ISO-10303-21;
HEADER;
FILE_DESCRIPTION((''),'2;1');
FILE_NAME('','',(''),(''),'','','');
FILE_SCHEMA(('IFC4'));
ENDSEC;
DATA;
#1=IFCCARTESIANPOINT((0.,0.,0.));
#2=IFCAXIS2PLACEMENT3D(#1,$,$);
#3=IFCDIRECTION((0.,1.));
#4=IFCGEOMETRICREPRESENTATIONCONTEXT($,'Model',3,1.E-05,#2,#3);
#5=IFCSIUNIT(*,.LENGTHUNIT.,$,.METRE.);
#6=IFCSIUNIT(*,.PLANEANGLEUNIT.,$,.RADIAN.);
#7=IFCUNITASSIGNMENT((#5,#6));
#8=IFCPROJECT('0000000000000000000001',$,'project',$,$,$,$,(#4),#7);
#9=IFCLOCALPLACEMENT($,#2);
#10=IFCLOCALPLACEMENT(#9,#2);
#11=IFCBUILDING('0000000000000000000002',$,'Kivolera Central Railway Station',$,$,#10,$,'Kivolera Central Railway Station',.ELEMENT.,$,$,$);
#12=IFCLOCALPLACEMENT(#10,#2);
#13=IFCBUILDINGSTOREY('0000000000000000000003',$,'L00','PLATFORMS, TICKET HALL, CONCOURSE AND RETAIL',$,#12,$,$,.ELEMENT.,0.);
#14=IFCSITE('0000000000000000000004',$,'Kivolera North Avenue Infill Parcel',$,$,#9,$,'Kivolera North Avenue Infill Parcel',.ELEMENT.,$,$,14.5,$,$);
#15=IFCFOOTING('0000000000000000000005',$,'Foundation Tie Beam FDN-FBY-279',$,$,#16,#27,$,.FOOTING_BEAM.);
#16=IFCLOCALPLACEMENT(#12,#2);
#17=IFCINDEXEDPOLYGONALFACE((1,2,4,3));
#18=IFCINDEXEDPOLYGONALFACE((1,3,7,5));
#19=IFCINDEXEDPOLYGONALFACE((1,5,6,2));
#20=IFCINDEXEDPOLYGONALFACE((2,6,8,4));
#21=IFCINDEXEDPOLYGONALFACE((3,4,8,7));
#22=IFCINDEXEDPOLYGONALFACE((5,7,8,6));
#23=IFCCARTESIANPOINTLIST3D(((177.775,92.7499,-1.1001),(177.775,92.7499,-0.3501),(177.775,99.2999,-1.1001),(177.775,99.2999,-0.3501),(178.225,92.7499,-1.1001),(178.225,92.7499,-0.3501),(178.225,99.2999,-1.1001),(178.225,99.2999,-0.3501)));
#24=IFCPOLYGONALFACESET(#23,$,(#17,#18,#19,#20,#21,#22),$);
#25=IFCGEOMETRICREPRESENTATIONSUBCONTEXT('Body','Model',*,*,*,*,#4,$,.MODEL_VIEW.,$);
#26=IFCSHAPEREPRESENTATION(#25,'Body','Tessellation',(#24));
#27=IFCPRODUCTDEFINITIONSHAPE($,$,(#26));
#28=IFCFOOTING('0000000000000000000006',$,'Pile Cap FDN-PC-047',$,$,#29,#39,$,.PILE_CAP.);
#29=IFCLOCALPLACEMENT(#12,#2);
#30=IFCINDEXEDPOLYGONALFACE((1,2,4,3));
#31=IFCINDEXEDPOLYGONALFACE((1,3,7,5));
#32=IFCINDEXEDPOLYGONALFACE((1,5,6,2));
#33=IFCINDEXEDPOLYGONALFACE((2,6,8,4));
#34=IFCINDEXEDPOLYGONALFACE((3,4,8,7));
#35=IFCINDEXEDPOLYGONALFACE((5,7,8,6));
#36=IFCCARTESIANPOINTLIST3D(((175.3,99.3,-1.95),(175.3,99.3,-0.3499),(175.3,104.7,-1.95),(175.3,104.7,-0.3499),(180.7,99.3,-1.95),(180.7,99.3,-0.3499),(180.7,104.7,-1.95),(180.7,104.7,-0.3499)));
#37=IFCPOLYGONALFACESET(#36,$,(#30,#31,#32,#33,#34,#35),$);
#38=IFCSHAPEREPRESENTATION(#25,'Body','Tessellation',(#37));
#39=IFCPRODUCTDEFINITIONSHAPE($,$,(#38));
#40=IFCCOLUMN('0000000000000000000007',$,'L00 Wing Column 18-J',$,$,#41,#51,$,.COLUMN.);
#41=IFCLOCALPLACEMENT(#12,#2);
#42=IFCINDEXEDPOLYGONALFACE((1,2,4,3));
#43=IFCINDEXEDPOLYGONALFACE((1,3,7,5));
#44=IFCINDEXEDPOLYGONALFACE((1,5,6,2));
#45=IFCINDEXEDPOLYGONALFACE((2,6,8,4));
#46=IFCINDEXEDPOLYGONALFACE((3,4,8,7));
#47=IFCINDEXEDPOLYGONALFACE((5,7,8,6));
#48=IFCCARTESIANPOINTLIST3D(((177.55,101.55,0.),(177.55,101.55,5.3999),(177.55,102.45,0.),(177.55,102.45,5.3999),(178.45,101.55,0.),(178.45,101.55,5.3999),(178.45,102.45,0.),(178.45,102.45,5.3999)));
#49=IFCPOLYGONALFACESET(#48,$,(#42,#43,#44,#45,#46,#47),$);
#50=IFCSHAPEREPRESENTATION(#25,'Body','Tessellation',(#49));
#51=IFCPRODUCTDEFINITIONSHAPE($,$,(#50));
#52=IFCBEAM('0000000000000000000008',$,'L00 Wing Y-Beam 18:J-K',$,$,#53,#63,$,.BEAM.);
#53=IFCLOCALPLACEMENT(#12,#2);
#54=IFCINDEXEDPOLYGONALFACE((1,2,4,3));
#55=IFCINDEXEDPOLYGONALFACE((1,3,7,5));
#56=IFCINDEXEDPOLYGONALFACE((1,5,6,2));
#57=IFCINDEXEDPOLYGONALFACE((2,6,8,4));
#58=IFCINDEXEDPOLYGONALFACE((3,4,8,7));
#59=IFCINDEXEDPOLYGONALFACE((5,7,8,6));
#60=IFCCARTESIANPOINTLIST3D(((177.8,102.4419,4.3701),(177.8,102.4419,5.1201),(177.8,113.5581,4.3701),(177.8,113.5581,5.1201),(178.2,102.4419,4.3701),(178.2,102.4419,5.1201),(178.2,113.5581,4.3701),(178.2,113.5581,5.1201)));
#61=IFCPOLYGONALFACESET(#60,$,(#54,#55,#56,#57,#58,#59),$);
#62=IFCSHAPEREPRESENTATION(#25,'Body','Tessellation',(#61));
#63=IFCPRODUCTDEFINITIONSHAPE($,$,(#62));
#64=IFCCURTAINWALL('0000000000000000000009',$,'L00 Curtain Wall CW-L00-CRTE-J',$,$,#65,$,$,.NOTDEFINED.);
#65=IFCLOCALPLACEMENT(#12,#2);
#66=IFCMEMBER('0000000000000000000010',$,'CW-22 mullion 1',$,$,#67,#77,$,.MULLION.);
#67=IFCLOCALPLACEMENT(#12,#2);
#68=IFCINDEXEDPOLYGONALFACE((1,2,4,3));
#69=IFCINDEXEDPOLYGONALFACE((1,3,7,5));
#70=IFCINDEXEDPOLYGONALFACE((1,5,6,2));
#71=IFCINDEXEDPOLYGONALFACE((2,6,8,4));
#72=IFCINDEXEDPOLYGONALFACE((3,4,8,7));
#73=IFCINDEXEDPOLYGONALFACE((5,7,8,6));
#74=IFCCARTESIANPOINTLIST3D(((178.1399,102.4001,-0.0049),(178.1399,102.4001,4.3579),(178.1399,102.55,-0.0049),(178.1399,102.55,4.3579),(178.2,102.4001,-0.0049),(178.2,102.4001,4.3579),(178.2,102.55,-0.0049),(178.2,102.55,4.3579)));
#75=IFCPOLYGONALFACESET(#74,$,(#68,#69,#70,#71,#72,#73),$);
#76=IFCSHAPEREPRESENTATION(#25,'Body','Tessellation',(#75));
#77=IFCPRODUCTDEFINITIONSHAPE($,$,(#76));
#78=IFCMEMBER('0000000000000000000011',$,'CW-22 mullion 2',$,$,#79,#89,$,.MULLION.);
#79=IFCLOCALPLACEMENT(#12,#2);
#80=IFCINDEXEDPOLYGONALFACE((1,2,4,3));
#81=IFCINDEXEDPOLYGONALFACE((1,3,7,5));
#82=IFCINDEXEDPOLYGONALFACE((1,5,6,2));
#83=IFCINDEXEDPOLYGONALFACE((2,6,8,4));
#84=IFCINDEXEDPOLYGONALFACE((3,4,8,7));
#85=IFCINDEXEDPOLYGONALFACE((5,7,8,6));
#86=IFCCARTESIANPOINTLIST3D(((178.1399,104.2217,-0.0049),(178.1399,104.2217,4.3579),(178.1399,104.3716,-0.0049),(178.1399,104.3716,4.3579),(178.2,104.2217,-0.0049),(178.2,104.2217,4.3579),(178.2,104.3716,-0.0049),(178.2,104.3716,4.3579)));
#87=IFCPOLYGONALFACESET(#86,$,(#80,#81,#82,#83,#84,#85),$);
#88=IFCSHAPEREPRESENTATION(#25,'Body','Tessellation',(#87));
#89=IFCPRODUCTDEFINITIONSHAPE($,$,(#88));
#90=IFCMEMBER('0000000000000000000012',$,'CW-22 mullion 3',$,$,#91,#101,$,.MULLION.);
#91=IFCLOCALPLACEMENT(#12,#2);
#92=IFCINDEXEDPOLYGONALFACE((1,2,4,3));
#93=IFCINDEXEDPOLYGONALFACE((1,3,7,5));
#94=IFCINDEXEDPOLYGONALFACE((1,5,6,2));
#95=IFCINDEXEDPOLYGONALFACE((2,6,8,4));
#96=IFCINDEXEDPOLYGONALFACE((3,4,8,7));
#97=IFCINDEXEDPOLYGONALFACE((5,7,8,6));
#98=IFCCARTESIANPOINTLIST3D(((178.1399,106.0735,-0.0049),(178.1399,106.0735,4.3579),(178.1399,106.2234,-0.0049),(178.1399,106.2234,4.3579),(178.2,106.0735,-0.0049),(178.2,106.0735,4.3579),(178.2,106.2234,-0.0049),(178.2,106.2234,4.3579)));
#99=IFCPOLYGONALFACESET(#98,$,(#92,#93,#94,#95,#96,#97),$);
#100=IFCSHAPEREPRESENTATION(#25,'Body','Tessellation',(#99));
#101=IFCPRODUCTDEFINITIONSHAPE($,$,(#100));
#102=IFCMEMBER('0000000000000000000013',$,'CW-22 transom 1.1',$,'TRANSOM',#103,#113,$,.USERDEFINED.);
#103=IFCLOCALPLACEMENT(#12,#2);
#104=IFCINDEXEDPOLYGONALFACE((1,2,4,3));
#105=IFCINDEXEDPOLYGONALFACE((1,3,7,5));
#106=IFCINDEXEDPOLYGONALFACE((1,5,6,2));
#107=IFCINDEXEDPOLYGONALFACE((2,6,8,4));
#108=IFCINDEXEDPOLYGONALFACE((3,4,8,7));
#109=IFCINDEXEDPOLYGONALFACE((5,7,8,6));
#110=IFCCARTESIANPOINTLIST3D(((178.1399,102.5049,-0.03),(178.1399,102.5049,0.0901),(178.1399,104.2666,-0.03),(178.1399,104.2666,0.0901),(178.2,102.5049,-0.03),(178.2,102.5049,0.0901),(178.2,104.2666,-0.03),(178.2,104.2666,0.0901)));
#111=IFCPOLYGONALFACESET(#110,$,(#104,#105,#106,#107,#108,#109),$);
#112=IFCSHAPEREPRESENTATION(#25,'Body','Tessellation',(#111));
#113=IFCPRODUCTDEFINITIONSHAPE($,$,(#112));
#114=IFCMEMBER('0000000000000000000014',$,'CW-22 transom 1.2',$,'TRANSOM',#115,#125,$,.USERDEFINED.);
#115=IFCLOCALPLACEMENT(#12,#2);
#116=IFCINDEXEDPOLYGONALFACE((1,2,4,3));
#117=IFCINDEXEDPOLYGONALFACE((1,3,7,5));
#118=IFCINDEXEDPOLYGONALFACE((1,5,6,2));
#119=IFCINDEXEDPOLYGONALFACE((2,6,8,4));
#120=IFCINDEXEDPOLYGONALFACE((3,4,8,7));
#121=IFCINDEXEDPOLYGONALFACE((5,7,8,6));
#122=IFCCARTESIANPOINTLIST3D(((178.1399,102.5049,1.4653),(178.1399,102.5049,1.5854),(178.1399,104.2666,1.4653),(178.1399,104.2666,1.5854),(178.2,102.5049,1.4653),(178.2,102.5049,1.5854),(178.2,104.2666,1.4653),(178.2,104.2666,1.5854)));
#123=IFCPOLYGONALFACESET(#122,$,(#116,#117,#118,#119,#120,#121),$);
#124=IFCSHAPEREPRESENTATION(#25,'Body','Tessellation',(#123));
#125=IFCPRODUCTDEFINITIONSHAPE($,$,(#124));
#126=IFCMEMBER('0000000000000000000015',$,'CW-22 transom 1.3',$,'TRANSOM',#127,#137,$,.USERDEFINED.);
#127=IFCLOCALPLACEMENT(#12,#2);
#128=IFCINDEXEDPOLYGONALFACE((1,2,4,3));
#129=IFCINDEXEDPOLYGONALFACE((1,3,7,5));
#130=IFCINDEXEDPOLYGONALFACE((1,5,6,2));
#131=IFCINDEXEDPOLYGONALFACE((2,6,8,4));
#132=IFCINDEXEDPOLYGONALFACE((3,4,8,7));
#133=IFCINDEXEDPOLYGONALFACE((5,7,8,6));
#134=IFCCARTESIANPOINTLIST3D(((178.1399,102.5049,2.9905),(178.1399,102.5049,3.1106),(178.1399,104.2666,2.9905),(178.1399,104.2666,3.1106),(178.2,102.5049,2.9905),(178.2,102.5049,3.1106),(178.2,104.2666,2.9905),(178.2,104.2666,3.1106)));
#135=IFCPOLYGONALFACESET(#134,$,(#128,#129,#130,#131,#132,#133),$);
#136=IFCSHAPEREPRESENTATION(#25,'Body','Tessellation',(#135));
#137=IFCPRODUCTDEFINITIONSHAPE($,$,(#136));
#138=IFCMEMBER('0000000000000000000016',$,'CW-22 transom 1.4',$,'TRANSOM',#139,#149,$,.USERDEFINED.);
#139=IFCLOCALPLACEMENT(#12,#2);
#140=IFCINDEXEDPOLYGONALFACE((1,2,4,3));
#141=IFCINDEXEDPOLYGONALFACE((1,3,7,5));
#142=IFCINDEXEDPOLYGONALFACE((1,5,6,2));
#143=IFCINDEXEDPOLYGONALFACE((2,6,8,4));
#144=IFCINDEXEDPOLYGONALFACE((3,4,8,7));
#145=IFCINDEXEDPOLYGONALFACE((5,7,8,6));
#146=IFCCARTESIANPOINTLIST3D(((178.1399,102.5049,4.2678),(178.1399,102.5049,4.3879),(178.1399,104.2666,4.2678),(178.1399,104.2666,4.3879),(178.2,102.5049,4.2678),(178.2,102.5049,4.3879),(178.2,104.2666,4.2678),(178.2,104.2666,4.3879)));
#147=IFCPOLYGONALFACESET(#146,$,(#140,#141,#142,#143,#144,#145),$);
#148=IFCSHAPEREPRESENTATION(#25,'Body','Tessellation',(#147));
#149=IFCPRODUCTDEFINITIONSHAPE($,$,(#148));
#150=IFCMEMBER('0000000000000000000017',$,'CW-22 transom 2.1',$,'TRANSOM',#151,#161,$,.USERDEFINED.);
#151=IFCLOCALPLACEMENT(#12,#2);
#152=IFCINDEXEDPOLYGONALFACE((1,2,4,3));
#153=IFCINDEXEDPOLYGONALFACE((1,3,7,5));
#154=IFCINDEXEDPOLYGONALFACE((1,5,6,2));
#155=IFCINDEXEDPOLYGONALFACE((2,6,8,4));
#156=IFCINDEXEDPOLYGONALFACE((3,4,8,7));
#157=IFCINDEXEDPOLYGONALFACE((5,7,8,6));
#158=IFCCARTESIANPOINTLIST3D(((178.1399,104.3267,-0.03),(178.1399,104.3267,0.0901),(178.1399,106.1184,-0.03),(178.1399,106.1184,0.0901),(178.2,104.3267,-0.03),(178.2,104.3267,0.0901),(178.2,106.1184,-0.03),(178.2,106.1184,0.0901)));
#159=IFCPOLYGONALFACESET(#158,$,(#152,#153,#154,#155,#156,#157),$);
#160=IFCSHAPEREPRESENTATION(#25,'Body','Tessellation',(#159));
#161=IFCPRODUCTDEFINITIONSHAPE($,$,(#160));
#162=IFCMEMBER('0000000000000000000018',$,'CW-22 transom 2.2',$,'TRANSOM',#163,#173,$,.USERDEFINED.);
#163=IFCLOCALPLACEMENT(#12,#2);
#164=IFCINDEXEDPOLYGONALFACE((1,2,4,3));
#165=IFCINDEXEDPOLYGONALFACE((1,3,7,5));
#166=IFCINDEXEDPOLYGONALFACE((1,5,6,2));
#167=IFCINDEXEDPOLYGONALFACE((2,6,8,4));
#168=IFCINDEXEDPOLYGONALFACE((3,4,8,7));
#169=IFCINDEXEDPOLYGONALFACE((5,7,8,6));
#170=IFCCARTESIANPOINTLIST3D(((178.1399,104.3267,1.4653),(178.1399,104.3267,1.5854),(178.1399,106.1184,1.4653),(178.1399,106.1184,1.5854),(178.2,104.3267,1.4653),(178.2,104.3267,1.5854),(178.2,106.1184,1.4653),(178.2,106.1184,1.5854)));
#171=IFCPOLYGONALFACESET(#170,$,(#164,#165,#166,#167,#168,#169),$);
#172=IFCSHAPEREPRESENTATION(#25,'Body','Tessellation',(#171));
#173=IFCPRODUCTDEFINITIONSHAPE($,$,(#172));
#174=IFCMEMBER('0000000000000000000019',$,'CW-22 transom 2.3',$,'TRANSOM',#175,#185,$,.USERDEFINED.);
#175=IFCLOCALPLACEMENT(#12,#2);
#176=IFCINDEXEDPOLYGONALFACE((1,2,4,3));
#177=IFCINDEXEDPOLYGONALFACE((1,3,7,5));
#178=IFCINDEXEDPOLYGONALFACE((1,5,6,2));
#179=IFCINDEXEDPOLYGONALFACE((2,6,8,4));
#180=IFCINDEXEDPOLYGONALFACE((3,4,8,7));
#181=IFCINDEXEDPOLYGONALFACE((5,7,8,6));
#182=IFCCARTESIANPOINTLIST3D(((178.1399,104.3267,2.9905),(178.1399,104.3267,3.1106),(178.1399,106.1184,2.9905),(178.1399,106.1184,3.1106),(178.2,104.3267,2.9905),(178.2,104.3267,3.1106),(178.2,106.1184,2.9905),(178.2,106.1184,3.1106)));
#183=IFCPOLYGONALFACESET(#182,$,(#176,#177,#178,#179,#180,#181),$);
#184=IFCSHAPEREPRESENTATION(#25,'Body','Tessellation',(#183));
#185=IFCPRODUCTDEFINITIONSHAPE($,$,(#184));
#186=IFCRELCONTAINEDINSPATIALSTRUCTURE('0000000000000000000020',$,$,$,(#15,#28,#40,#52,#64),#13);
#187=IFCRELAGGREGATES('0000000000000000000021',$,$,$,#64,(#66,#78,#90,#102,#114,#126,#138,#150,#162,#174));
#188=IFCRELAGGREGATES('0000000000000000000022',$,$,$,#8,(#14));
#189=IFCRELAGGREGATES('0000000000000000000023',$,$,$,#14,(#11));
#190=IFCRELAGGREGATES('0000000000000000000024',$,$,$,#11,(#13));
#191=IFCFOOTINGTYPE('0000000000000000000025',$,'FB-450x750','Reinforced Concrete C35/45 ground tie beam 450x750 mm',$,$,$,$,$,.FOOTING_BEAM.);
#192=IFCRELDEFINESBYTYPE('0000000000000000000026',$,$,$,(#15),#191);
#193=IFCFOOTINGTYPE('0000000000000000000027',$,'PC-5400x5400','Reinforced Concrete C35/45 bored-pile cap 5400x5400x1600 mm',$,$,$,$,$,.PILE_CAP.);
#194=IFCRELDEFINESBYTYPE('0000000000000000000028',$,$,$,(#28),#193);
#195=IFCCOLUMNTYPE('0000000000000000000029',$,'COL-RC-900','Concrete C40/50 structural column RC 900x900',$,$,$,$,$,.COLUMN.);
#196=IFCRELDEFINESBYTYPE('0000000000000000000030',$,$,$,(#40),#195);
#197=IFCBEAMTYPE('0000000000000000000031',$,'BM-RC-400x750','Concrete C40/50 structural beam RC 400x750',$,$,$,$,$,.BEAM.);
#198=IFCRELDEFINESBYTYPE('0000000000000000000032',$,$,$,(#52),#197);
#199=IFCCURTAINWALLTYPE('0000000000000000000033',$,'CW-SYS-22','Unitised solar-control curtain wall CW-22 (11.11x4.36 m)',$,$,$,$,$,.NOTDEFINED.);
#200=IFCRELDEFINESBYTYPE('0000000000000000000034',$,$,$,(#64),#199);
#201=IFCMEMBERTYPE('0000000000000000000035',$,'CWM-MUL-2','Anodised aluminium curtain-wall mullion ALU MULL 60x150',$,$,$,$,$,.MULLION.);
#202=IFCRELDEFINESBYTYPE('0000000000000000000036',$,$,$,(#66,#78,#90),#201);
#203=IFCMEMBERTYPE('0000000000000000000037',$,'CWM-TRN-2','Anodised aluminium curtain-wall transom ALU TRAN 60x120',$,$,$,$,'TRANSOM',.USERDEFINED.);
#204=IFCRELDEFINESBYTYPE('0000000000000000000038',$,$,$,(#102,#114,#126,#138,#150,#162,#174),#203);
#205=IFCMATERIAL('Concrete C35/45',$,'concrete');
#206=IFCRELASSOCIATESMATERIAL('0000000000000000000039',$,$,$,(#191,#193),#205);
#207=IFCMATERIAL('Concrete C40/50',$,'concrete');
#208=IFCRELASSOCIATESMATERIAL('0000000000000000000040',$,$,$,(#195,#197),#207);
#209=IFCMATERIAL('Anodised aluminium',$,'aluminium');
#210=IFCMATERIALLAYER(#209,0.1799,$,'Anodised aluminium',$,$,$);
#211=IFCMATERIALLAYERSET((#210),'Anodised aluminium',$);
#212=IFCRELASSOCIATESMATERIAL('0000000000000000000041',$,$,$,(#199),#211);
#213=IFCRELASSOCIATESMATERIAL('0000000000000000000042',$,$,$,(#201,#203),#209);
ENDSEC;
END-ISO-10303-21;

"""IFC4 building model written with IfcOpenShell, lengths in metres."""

from ifc_helpers import new_model, si_unit, direction, frame, origin, origin_2d, place, context, subcontext, project, spatial, rectangle, extrude, material, layer, layer_set, material_profile, profile_set, type_object, element, aggregate, save


model = new_model("IFC4")

# Units and contexts
model_context = context("Model", 3, precision=1e-05, world=origin(), true_north=direction((0.0, 1.0)))
body_context = subcontext(model_context, "Body", "Model", "MODEL_VIEW")
ifc_project = project(units=[si_unit("LENGTHUNIT", "METRE"), si_unit("PLANEANGLEUNIT", "RADIAN")], contexts=[model_context])

# Site, building, storey
site_placement = place(None, origin())
site = spatial("IfcSite", under=ifc_project, at=site_placement, Name="Kivolera North Avenue Infill Parcel", LongName="Kivolera North Avenue Infill Parcel", CompositionType="ELEMENT", RefElevation=14.5)
building_placement = place(site_placement, origin())
building = spatial("IfcBuilding", under=site, at=building_placement, Name="Kivolera Central Railway Station", LongName="Kivolera Central Railway Station", CompositionType="ELEMENT")
storey_placement = place(building_placement, origin())
storey = spatial("IfcBuildingStorey", under=building, at=storey_placement, Name="L00", Description="PLATFORMS, TICKET HALL, CONCOURSE AND RETAIL", CompositionType="ELEMENT", Elevation=0.0)

# Footings
ifc_material_1 = material(Name="Concrete C35/45", Category="concrete")
footing_type_1 = type_object("IfcFootingType", Name="FB-450x750", Description="Reinforced Concrete C35/45 ground tie beam 450x750 mm", PredefinedType="FOOTING_BEAM", material=ifc_material_1)
footing_1_placement = place(storey_placement, frame((178.0, 96.0249, -1.1001), z_axis=(0.0, 0.0, 1.0), x_axis=(1.0, 0.0, 0.0)))
element("IfcFooting", 1, at=footing_1_placement, inside=storey, type_object=footing_type_1, Name="Foundation Tie Beam FDN-FBY-279", PredefinedType="FOOTING_BEAM", context=body_context, shape_type="SweptSolid", body=[
    extrude(rectangle(XDim=0.45, YDim=6.55, at=origin_2d()), origin(), (0.0, 0.0, 1.0), 0.75),
])
footing_type_2 = type_object("IfcFootingType", Name="PC-5400x5400", Description="Reinforced Concrete C35/45 bored-pile cap 5400x5400x1600 mm", PredefinedType="PILE_CAP", material=ifc_material_1)
footing_2_placement = place(storey_placement, frame((178.0, 102.0, -1.95), z_axis=(0.0, 0.0, 1.0), x_axis=(1.0, 0.0, 0.0)))
element("IfcFooting", 2, at=footing_2_placement, inside=storey, type_object=footing_type_2, Name="Pile Cap FDN-PC-047", PredefinedType="PILE_CAP", context=body_context, shape_type="SweptSolid", body=[
    extrude(rectangle(XDim=5.3999, YDim=5.3999, at=origin_2d()), origin(), (0.0, 0.0, 1.0), 1.6001),
])

# Column
ifc_material_2 = material(Name="Concrete C40/50", Category="concrete")
ifc_material_profile_1 = material_profile(ifc_material_2, rectangle(XDim=0.8999, YDim=0.8999, at=origin_2d()), Name="RC 900x900")
ifc_profile_set_1 = profile_set([ifc_material_profile_1], Name="Concrete C40/50")
column_type = type_object("IfcColumnType", Name="COL-RC-900", Description="Concrete C40/50 structural column RC 900x900", PredefinedType="COLUMN", material=ifc_profile_set_1)
column_placement = place(storey_placement, frame((178.0, 102.0, 0.0), z_axis=(0.0, 0.0, 1.0), x_axis=(1.0, 0.0, 0.0)))
element("IfcColumn", 3, at=column_placement, inside=storey, type_object=column_type, Name="L00 Wing Column 18-J", PredefinedType="COLUMN", context=body_context, shape_type="SweptSolid", body=[
    extrude(rectangle(XDim=0.8999, YDim=0.8999, at=origin_2d()), origin(), (0.0, 0.0, 1.0), 5.3999),
])

# Beam
ifc_material_profile_2 = material_profile(ifc_material_2, rectangle(XDim=0.3999, YDim=0.75, at=origin_2d()), Name="RC 400x750")
ifc_profile_set_2 = profile_set([ifc_material_profile_2], Name="Concrete C40/50")
beam_type = type_object("IfcBeamType", Name="BM-RC-400x750", Description="Concrete C40/50 structural beam RC 400x750", PredefinedType="BEAM", material=ifc_profile_set_2)
beam_placement = place(storey_placement, frame((178.0, 102.4419, 4.7451), z_axis=(0.0, 1.0, 0.0), x_axis=(-1.0, 0.0, 0.0)))
element("IfcBeam", 4, at=beam_placement, inside=storey, type_object=beam_type, Name="L00 Wing Y-Beam 18:J-K", PredefinedType="BEAM", context=body_context, shape_type="SweptSolid", body=[
    extrude(rectangle(XDim=0.3999, YDim=0.75, at=origin_2d()), origin(), (0.0, 0.0, 1.0), 11.1162),
])

# Curtain wall, members
ifc_material_3 = material(Name="Anodised aluminium", Category="aluminium")
ifc_layer_1 = layer(ifc_material_3, 0.1799, Name="Anodised aluminium")
ifc_layer_set_1 = layer_set([ifc_layer_1], Name="Anodised aluminium")
curtain_wall_type = type_object("IfcCurtainWallType", Name="CW-SYS-22", Description="Unitised solar-control curtain wall CW-22 (11.11x4.36 m)", PredefinedType="NOTDEFINED", material=ifc_layer_set_1)
curtain_wall_placement = place(storey_placement, origin())
curtain_wall = element("IfcCurtainWall", 5, at=curtain_wall_placement, inside=storey, type_object=curtain_wall_type, Name="L00 Curtain Wall CW-L00-CRTE-J", PredefinedType="NOTDEFINED")
ifc_material_profile_3 = material_profile(ifc_material_3, rectangle(XDim=0.0601, YDim=0.1499, at=origin_2d()), Name="ALU MULL 60x150")
ifc_profile_set_3 = profile_set([ifc_material_profile_3], Name="Anodised aluminium")
member_type_1 = type_object("IfcMemberType", Name="CWM-MUL-2", Description="Anodised aluminium curtain-wall mullion ALU MULL 60x150", PredefinedType="MULLION", material=ifc_profile_set_3)
member_1_placement = place(storey_placement, frame((178.1699, 102.4751, -0.0049), z_axis=(0.0, 0.0, 1.0), x_axis=(-1.0, 0.0, 0.0)))
member_1 = element("IfcMember", 6, at=member_1_placement, type_object=member_type_1, Name="CW-22 mullion 1", PredefinedType="MULLION", context=body_context, shape_type="SweptSolid", body=[
    extrude(rectangle(XDim=0.0601, YDim=0.1499, at=origin_2d()), origin(), (0.0, 0.0, 1.0), 4.3628),
])
member_2_placement = place(storey_placement, frame((178.1699, 104.2966, -0.0049), z_axis=(0.0, 0.0, 1.0), x_axis=(-1.0, 0.0, 0.0)))
member_2 = element("IfcMember", 7, at=member_2_placement, type_object=member_type_1, Name="CW-22 mullion 2", PredefinedType="MULLION", context=body_context, shape_type="SweptSolid", body=[
    extrude(rectangle(XDim=0.0601, YDim=0.1499, at=origin_2d()), origin(), (0.0, 0.0, 1.0), 4.3628),
])
member_3_placement = place(storey_placement, frame((178.1699, 106.1484, -0.0049), z_axis=(0.0, 0.0, 1.0), x_axis=(-1.0, 0.0, 0.0)))
member_3 = element("IfcMember", 8, at=member_3_placement, type_object=member_type_1, Name="CW-22 mullion 3", PredefinedType="MULLION", context=body_context, shape_type="SweptSolid", body=[
    extrude(rectangle(XDim=0.0601, YDim=0.1499, at=origin_2d()), origin(), (0.0, 0.0, 1.0), 4.3628),
])
ifc_material_profile_4 = material_profile(ifc_material_3, rectangle(XDim=0.0601, YDim=0.1201, at=origin_2d()), Name="ALU TRAN 60x120")
ifc_profile_set_4 = profile_set([ifc_material_profile_4], Name="Anodised aluminium")
member_type_2 = type_object("IfcMemberType", Name="CWM-TRN-2", Description="Anodised aluminium curtain-wall transom ALU TRAN 60x120", ElementType="TRANSOM", PredefinedType="USERDEFINED", material=ifc_profile_set_4)
member_4_placement = place(storey_placement, frame((178.1699, 102.5049, 0.03), z_axis=(0.0, 1.0, 0.0), x_axis=(-1.0, 0.0, 0.0)))
member_4 = element("IfcMember", 9, at=member_4_placement, type_object=member_type_2, Name="CW-22 transom 1.1", ObjectType="TRANSOM", PredefinedType="USERDEFINED", context=body_context, shape_type="SweptSolid", body=[
    extrude(rectangle(XDim=0.0601, YDim=0.1201, at=origin_2d()), origin(), (0.0, 0.0, 1.0), 1.7617),
])
member_5_placement = place(storey_placement, frame((178.1699, 102.5049, 1.5254), z_axis=(0.0, 1.0, 0.0), x_axis=(-1.0, 0.0, 0.0)))
member_5 = element("IfcMember", 10, at=member_5_placement, type_object=member_type_2, Name="CW-22 transom 1.2", ObjectType="TRANSOM", PredefinedType="USERDEFINED", context=body_context, shape_type="SweptSolid", body=[
    extrude(rectangle(XDim=0.0601, YDim=0.1201, at=origin_2d()), origin(), (0.0, 0.0, 1.0), 1.7617),
])
member_6_placement = place(storey_placement, frame((178.1699, 102.5049, 3.0505), z_axis=(0.0, 1.0, 0.0), x_axis=(-1.0, 0.0, 0.0)))
member_6 = element("IfcMember", 11, at=member_6_placement, type_object=member_type_2, Name="CW-22 transom 1.3", ObjectType="TRANSOM", PredefinedType="USERDEFINED", context=body_context, shape_type="SweptSolid", body=[
    extrude(rectangle(XDim=0.0601, YDim=0.1201, at=origin_2d()), origin(), (0.0, 0.0, 1.0), 1.7617),
])
member_7_placement = place(storey_placement, frame((178.1699, 102.5049, 4.3279), z_axis=(0.0, 1.0, 0.0), x_axis=(-1.0, 0.0, 0.0)))
member_7 = element("IfcMember", 12, at=member_7_placement, type_object=member_type_2, Name="CW-22 transom 1.4", ObjectType="TRANSOM", PredefinedType="USERDEFINED", context=body_context, shape_type="SweptSolid", body=[
    extrude(rectangle(XDim=0.0601, YDim=0.1201, at=origin_2d()), origin(), (0.0, 0.0, 1.0), 1.7617),
])
member_8_placement = place(storey_placement, frame((178.1699, 104.3267, 0.03), z_axis=(0.0, 1.0, 0.0), x_axis=(-1.0, 0.0, 0.0)))
member_8 = element("IfcMember", 13, at=member_8_placement, type_object=member_type_2, Name="CW-22 transom 2.1", ObjectType="TRANSOM", PredefinedType="USERDEFINED", context=body_context, shape_type="SweptSolid", body=[
    extrude(rectangle(XDim=0.0601, YDim=0.1201, at=origin_2d()), origin(), (0.0, 0.0, 1.0), 1.7917),
])
member_9_placement = place(storey_placement, frame((178.1699, 104.3267, 1.5254), z_axis=(0.0, 1.0, 0.0), x_axis=(-1.0, 0.0, 0.0)))
member_9 = element("IfcMember", 14, at=member_9_placement, type_object=member_type_2, Name="CW-22 transom 2.2", ObjectType="TRANSOM", PredefinedType="USERDEFINED", context=body_context, shape_type="SweptSolid", body=[
    extrude(rectangle(XDim=0.0601, YDim=0.1201, at=origin_2d()), origin(), (0.0, 0.0, 1.0), 1.7917),
])
member_10_placement = place(storey_placement, frame((178.1699, 104.3267, 3.0505), z_axis=(0.0, 1.0, 0.0), x_axis=(-1.0, 0.0, 0.0)))
member_10 = element("IfcMember", 15, at=member_10_placement, type_object=member_type_2, Name="CW-22 transom 2.3", ObjectType="TRANSOM", PredefinedType="USERDEFINED", context=body_context, shape_type="SweptSolid", body=[
    extrude(rectangle(XDim=0.0601, YDim=0.1201, at=origin_2d()), origin(), (0.0, 0.0, 1.0), 1.7917),
])
aggregate(curtain_wall, [member_1, member_2, member_3, member_4, member_5, member_6, member_7, member_8, member_9, member_10])

save(model, "model.ifc")
